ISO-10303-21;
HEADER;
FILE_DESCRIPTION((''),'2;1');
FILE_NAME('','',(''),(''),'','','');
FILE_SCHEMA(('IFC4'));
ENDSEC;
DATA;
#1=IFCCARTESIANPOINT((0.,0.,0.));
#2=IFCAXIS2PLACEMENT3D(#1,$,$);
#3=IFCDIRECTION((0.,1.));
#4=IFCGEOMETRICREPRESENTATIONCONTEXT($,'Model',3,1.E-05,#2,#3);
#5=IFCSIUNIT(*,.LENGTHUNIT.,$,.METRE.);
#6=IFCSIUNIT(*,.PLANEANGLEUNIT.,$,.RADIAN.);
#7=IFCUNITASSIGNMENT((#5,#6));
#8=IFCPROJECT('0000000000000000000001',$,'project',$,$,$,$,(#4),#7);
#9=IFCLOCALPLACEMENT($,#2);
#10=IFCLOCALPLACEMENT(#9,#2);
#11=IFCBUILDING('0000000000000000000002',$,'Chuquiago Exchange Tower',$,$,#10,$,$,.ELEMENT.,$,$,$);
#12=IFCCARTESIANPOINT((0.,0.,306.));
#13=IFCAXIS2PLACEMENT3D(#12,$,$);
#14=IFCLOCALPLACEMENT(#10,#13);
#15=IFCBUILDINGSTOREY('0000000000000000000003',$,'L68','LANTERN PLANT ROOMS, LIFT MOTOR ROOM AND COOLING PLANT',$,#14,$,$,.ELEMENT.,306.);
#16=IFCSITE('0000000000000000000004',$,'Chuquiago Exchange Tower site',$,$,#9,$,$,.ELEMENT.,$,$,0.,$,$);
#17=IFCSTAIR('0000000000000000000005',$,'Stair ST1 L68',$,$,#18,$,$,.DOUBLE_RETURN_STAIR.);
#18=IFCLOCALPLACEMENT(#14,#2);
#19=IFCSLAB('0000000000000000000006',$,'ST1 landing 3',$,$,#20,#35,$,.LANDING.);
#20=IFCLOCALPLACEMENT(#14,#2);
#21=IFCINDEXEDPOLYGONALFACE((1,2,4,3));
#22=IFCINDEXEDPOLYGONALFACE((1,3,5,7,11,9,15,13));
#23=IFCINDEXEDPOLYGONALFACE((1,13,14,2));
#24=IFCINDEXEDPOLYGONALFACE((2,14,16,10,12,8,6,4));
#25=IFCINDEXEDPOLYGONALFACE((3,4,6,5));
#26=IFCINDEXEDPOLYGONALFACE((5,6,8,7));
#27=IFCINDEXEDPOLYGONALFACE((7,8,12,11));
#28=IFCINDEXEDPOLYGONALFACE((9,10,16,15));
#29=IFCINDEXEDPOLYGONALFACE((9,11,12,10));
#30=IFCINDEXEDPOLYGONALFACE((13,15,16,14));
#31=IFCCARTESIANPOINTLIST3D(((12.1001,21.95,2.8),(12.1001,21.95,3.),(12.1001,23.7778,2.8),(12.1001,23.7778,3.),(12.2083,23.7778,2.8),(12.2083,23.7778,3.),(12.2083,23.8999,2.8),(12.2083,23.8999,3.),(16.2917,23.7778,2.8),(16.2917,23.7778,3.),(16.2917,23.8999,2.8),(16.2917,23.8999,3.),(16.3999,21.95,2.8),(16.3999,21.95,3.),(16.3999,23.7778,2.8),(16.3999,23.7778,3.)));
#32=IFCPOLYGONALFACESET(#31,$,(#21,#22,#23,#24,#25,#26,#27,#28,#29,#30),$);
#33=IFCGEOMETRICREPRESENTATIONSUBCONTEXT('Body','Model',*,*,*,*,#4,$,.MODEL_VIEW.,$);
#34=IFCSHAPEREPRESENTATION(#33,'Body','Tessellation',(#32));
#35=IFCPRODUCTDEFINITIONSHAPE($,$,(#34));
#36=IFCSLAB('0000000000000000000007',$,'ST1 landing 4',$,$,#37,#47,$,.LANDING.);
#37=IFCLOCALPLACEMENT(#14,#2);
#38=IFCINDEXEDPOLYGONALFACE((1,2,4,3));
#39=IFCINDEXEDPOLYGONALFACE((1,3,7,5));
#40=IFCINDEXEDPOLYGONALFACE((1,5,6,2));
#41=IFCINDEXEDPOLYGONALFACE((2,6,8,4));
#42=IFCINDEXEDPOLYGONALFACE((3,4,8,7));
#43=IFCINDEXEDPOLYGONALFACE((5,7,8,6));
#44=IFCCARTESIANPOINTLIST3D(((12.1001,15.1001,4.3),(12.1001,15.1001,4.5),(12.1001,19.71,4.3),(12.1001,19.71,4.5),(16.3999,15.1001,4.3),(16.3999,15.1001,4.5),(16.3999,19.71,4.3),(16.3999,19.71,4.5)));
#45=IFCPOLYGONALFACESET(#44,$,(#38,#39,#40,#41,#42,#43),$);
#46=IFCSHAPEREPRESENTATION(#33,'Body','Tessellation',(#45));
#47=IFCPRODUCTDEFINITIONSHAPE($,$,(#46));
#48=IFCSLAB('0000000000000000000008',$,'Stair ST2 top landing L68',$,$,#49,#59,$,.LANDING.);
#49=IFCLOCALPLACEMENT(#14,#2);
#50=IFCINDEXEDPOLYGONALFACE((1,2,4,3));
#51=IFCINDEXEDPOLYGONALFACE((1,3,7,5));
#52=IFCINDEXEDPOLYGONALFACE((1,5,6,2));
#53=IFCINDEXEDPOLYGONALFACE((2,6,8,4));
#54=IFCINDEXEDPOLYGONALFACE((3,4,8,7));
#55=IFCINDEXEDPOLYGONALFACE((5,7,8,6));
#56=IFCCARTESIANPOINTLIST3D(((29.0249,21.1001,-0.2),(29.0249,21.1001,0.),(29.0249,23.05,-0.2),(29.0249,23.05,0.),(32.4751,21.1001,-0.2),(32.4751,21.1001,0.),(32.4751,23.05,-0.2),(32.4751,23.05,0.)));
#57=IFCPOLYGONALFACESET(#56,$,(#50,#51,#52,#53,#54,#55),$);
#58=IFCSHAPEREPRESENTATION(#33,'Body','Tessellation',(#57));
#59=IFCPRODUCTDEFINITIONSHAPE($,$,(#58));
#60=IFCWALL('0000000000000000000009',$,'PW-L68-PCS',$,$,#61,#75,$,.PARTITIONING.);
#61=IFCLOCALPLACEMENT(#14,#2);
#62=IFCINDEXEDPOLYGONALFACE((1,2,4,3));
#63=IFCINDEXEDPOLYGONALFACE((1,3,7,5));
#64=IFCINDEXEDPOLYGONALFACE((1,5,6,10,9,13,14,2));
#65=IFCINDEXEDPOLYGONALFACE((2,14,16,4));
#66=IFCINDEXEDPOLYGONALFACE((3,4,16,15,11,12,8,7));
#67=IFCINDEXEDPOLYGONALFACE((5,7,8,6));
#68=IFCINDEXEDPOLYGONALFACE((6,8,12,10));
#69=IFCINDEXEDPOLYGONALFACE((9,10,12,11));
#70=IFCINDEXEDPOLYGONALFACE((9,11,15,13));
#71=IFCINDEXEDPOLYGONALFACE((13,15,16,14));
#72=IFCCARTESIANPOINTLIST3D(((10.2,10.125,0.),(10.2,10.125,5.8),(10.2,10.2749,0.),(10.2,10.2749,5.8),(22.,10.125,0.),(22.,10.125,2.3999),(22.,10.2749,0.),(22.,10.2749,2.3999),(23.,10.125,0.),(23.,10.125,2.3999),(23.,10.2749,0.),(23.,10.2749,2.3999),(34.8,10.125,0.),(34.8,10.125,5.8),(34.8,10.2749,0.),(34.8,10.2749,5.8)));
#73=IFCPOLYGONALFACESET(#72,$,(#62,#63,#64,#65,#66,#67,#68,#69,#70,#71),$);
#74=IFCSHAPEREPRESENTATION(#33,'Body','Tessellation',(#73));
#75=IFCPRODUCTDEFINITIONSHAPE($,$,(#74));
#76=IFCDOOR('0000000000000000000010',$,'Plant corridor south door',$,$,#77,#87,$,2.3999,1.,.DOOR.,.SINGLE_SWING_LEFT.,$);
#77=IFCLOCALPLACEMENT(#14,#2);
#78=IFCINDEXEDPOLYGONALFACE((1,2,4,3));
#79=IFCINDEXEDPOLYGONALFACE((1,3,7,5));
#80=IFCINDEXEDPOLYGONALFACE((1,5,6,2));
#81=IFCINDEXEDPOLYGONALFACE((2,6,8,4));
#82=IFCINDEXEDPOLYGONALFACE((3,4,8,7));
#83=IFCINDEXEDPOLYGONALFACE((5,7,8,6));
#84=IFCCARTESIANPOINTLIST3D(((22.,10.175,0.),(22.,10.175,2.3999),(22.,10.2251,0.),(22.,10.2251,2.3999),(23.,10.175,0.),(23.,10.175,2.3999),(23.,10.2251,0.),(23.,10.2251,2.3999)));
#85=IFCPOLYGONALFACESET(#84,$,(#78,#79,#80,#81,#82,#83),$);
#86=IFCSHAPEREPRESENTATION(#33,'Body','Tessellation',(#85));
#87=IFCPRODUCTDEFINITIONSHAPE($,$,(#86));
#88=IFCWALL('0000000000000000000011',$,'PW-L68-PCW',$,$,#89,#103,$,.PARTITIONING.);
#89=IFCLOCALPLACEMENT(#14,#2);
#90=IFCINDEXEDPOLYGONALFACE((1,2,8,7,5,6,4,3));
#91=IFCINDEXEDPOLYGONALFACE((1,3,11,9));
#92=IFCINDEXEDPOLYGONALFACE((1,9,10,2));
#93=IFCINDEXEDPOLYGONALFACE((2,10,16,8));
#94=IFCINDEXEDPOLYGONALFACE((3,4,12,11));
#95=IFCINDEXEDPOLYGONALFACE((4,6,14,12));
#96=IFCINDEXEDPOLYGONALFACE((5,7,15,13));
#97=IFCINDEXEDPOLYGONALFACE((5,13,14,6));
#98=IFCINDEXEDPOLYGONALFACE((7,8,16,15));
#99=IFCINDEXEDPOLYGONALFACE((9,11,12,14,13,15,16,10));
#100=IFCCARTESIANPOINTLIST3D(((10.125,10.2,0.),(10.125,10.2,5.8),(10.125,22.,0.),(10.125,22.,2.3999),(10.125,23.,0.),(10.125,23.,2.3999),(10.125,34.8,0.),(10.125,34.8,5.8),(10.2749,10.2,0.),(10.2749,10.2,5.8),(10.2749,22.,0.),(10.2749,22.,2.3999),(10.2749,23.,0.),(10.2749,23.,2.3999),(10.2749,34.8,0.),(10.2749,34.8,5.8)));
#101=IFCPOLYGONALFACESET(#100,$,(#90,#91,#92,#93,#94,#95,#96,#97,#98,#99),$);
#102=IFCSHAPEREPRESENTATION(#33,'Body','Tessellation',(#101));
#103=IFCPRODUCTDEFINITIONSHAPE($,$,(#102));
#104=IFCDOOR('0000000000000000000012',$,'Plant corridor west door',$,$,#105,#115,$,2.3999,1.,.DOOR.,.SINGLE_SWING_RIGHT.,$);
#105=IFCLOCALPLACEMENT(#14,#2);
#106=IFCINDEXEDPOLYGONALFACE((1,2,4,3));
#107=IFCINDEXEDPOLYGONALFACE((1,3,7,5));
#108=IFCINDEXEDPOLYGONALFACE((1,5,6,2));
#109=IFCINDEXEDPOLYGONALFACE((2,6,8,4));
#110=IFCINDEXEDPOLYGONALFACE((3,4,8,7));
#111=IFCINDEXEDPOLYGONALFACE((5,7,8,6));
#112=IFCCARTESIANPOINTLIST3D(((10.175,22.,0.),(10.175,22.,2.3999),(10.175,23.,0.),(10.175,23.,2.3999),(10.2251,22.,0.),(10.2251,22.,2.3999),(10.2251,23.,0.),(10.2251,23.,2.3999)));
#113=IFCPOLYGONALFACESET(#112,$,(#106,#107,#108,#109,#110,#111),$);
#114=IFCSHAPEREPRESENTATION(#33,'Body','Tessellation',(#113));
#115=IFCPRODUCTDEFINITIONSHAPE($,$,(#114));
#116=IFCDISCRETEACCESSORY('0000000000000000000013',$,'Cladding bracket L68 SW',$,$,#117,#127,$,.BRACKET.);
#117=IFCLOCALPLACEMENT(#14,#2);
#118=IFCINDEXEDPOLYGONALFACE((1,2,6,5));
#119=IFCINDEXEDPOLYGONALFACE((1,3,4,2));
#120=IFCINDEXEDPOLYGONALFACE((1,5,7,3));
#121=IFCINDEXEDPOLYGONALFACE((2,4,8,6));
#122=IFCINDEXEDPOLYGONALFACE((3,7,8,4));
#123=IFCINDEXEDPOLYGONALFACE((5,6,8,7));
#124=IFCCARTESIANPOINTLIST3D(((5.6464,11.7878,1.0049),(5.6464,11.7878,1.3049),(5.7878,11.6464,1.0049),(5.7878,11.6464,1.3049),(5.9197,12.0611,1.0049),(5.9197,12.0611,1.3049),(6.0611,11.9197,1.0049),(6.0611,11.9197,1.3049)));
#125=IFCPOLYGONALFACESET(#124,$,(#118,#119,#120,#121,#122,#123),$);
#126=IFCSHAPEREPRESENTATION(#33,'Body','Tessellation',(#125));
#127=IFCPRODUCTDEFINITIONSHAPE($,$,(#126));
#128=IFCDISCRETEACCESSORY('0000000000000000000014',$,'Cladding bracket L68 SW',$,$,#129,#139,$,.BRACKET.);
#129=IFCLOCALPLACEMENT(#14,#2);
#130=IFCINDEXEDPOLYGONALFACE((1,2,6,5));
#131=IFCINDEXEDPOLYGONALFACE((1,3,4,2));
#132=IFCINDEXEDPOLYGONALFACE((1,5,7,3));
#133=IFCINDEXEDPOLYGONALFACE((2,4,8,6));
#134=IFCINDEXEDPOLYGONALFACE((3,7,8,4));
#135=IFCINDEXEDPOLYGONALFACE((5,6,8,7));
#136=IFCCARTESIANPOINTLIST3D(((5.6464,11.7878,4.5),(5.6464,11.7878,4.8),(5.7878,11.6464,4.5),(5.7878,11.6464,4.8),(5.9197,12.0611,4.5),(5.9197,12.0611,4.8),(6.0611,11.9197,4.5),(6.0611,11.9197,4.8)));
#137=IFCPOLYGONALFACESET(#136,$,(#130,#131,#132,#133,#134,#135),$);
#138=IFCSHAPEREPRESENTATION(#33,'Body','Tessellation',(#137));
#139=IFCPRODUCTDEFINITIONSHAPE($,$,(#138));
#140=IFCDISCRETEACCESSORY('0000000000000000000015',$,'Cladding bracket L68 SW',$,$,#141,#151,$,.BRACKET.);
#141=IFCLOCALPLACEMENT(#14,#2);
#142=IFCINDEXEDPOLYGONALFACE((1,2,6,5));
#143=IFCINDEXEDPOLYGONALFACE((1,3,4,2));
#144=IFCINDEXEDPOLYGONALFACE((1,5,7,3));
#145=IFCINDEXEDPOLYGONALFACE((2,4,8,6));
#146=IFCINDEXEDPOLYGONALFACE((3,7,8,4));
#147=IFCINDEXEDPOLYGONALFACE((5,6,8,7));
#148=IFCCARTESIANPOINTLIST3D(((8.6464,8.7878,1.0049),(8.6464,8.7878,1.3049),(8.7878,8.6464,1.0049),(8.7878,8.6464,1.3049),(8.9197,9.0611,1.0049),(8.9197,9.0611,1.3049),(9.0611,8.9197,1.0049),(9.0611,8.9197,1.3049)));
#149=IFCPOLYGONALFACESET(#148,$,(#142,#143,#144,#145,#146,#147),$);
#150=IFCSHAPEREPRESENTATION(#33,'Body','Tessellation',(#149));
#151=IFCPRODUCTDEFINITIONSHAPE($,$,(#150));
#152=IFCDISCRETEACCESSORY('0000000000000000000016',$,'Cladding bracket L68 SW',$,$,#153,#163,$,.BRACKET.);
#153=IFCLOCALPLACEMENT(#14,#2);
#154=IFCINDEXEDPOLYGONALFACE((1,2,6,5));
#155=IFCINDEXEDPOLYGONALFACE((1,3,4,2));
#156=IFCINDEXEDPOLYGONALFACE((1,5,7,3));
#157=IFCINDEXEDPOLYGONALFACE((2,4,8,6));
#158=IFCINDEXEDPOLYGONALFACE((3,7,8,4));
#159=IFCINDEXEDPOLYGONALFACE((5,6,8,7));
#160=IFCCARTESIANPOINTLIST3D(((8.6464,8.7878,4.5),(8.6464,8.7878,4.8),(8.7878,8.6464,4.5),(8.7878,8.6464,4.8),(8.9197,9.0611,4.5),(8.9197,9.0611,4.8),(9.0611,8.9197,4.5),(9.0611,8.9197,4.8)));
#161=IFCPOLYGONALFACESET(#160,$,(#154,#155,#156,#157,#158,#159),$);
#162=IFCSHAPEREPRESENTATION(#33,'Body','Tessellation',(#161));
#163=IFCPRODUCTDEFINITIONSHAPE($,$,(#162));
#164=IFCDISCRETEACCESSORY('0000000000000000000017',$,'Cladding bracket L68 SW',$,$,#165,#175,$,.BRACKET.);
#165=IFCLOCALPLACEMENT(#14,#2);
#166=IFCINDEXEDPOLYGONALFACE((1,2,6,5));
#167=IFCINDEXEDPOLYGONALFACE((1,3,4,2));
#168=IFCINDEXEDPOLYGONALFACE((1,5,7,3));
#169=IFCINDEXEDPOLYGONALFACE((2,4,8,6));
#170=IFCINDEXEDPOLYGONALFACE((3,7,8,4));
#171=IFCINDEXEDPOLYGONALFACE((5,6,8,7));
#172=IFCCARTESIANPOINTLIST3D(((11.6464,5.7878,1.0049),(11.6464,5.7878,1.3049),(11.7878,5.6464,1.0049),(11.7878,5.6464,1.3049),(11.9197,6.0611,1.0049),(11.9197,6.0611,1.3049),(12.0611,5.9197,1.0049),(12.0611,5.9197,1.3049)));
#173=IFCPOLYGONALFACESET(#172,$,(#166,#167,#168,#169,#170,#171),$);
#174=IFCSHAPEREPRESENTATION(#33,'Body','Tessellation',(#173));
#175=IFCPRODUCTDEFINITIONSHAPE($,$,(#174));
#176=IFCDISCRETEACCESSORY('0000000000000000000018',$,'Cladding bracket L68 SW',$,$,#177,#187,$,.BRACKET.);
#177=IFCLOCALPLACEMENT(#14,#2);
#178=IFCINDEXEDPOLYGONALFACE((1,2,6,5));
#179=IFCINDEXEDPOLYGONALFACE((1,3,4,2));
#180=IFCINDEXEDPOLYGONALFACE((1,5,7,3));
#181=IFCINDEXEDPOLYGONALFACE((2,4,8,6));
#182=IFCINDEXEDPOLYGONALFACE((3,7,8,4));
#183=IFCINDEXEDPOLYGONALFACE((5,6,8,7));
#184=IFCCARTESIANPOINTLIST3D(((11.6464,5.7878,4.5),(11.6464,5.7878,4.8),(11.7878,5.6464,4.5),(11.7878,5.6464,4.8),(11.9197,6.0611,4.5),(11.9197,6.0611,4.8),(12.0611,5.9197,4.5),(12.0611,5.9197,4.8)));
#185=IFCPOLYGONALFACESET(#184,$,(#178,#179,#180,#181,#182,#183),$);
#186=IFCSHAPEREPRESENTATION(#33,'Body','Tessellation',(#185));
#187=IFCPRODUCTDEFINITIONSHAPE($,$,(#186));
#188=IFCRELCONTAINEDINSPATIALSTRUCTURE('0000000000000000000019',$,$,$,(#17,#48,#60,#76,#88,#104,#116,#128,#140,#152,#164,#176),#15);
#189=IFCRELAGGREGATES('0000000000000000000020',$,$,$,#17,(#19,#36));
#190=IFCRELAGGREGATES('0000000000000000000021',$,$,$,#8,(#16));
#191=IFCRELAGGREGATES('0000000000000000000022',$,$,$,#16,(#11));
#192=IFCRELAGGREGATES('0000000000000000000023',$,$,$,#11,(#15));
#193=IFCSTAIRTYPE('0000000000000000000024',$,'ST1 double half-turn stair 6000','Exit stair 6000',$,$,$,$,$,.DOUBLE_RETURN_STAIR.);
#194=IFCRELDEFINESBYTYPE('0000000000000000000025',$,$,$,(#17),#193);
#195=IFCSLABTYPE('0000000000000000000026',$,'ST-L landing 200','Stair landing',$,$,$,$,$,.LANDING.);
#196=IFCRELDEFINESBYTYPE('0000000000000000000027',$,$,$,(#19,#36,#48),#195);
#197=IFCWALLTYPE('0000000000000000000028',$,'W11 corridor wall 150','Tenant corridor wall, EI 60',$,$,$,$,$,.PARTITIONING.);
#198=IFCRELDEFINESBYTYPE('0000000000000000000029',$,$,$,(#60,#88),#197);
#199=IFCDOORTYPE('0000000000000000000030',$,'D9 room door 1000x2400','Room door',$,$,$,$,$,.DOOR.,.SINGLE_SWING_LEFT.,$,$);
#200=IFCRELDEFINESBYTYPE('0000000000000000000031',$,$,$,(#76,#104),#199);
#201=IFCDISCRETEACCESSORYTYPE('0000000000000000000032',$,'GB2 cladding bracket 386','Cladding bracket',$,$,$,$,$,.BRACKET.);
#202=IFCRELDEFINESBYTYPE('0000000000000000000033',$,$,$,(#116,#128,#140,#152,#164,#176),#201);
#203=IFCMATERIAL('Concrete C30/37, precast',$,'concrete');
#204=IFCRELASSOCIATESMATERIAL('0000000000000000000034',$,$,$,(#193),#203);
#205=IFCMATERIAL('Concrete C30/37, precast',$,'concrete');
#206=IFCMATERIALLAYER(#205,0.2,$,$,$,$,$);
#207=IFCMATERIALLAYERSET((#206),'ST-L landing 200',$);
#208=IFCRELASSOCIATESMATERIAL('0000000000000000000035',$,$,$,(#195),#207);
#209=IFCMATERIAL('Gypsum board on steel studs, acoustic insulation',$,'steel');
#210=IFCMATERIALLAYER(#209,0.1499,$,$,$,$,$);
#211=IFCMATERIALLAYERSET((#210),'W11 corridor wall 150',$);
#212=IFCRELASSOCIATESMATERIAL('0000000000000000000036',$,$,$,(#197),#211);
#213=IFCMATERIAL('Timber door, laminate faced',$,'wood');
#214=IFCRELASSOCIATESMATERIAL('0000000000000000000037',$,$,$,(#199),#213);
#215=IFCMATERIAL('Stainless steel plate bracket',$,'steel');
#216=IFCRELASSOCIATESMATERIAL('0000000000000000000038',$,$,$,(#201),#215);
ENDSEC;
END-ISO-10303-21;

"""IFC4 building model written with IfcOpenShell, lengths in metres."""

from ifc_helpers import new_model, si_unit, direction, frame, frame_2d, origin, origin_2d, place, context, subcontext, project, spatial, polyline, rectangle, outline, extrude, material, layer, layer_set, type_object, element, fill, aggregate, save


model = new_model("IFC4")

# Units and contexts
model_context = context("Model", 3, precision=1e-05, world=origin(), true_north=direction((0.0, 1.0)))
body_context = subcontext(model_context, "Body", "Model", "MODEL_VIEW")
ifc_project = project(units=[si_unit("LENGTHUNIT", "METRE"), si_unit("PLANEANGLEUNIT", "RADIAN")], contexts=[model_context])

# Site, building, storey
site_placement = place(None, origin())
site = spatial("IfcSite", under=ifc_project, at=site_placement, Name="Chuquiago Exchange Tower site", CompositionType="ELEMENT", RefElevation=0.0)
building_placement = place(site_placement, origin())
building = spatial("IfcBuilding", under=site, at=building_placement, Name="Chuquiago Exchange Tower", CompositionType="ELEMENT")
storey_placement = place(building_placement, frame((0.0, 0.0, 306.0)))
storey = spatial("IfcBuildingStorey", under=building, at=storey_placement, Name="L68", Description="LANTERN PLANT ROOMS, LIFT MOTOR ROOM AND COOLING PLANT", CompositionType="ELEMENT", Elevation=306.0)

# Stair, slabs
ifc_material_1 = material(Name="Concrete C30/37, precast", Category="concrete")
stair_type = type_object("IfcStairType", Name="ST1 double half-turn stair 6000", Description="Exit stair 6000", PredefinedType="DOUBLE_RETURN_STAIR", material=ifc_material_1)
stair_placement = place(storey_placement, origin())
stair = element("IfcStair", 1, at=stair_placement, inside=storey, type_object=stair_type, Name="Stair ST1 L68", PredefinedType="DOUBLE_RETURN_STAIR")
ifc_material_2 = material(Name="Concrete C30/37, precast", Category="concrete")
ifc_layer_1 = layer(ifc_material_2, 0.2)
ifc_layer_set_1 = layer_set([ifc_layer_1], Name="ST-L landing 200")
slab_type_1 = type_object("IfcSlabType", Name="ST-L landing 200", Description="Stair landing", PredefinedType="LANDING", material=ifc_layer_set_1)
slab_1_placement = place(storey_placement, frame((0.0, 0.0, 2.8)))
slab_1 = element("IfcSlab", 2, at=slab_1_placement, type_object=slab_type_1, Name="ST1 landing 3", PredefinedType="LANDING", context=body_context, shape_type="SweptSolid", body=[
    extrude(outline(polyline([(12.2083, 23.8999), (16.2917, 23.8999), (16.2917, 23.7778), (16.3999, 23.7778), (16.3999, 21.95), (12.1001, 21.95), (12.1001, 23.7778), (12.2083, 23.7778), (12.2083, 23.8999)])), origin(), (0.0, 0.0, 1.0), 0.2),
])
slab_2_placement = place(storey_placement, frame((0.0, 0.0, 4.3)))
slab_2 = element("IfcSlab", 3, at=slab_2_placement, type_object=slab_type_1, Name="ST1 landing 4", PredefinedType="LANDING", context=body_context, shape_type="SweptSolid", body=[
    extrude(outline(polyline([(12.1001, 19.71), (16.3999, 19.71), (16.3999, 15.1001), (12.1001, 15.1001), (12.1001, 19.71)])), origin(), (0.0, 0.0, 1.0), 0.2),
])
aggregate(stair, [slab_1, slab_2])

# Slab
slab_3_placement = place(storey_placement, frame((0.0, 0.0, -0.2)))
element("IfcSlab", 4, at=slab_3_placement, inside=storey, type_object=slab_type_1, Name="Stair ST2 top landing L68", PredefinedType="LANDING", context=body_context, shape_type="SweptSolid", body=[
    extrude(outline(polyline([(29.0249, 21.1001), (32.4751, 21.1001), (32.4751, 23.05), (29.0249, 23.05), (29.0249, 21.1001)])), origin(), (0.0, 0.0, 1.0), 0.2),
])

# Walls, openings, doors
ifc_material_3 = material(Name="Gypsum board on steel studs, acoustic insulation", Category="steel")
ifc_layer_2 = layer(ifc_material_3, 0.1499)
ifc_layer_set_2 = layer_set([ifc_layer_2], Name="W11 corridor wall 150")
wall_type = type_object("IfcWallType", Name="W11 corridor wall 150", Description="Tenant corridor wall, EI 60", PredefinedType="PARTITIONING", material=ifc_layer_set_2)
wall_1_placement = place(storey_placement, frame((10.2, 10.2, 0.0), z_axis=(0.0, 0.0, 1.0), x_axis=(1.0, 0.0, 0.0)))
wall_1 = element("IfcWall", 5, at=wall_1_placement, inside=storey, type_object=wall_type, Name="PW-L68-PCS", PredefinedType="PARTITIONING", context=body_context, shape_type="SweptSolid", body=[
    extrude(rectangle(XDim=24.6001, YDim=0.1499, at=frame_2d((12.3, 0.0))), origin(), (0.0, 0.0, 1.0), 5.8),
])
opening_1_placement = place(wall_1_placement, frame((11.8, 0.0, 0.0)))
opening_1 = element("IfcOpeningElement", 6, at=opening_1_placement, cuts=wall_1, PredefinedType="OPENING", context=body_context, shape_type="SweptSolid", body=[
    extrude(rectangle(XDim=1.0, YDim=2.3999, at=frame_2d((0.5, 1.2))), frame((0.0, 0.085, 0.0), z_axis=(0.0, -1.0, 0.0), x_axis=(1.0, 0.0, 0.0)), (0.0, 0.0, 1.0), 0.1699),
])
ifc_material_4 = material(Name="Timber door, laminate faced", Category="wood")
door_type = type_object("IfcDoorType", Name="D9 room door 1000x2400", Description="Room door", OperationType="SINGLE_SWING_LEFT", PredefinedType="DOOR", material=ifc_material_4)
door_1_placement = place(opening_1_placement, frame((1.0, 0.0, 0.0), z_axis=(0.0, 0.0, 1.0), x_axis=(-1.0, 0.0, 0.0)))
door_1 = element("IfcDoor", 7, at=door_1_placement, inside=storey, type_object=door_type, Name="Plant corridor south door", OperationType="SINGLE_SWING_LEFT", OverallHeight=2.3999, OverallWidth=1.0, PredefinedType="DOOR", context=body_context, shape_type="SweptSolid", body=[
    extrude(rectangle(XDim=1.0, YDim=2.3999, at=frame_2d((0.5, 1.2))), frame((0.0, 0.0249, 0.0), z_axis=(0.0, -1.0, 0.0), x_axis=(1.0, 0.0, 0.0)), (0.0, 0.0, 1.0), 0.05),
])
fill(opening_1, door_1)
wall_2_placement = place(storey_placement, frame((10.2, 10.2, 0.0), z_axis=(0.0, 0.0, 1.0), x_axis=(0.0, 1.0, 0.0)))
wall_2 = element("IfcWall", 8, at=wall_2_placement, inside=storey, type_object=wall_type, Name="PW-L68-PCW", PredefinedType="PARTITIONING", context=body_context, shape_type="SweptSolid", body=[
    extrude(rectangle(XDim=24.6001, YDim=0.1499, at=frame_2d((12.3, 0.0))), origin(), (0.0, 0.0, 1.0), 5.8),
])
opening_2_placement = place(wall_2_placement, frame((11.8, 0.0, 0.0)))
opening_2 = element("IfcOpeningElement", 9, at=opening_2_placement, cuts=wall_2, PredefinedType="OPENING", context=body_context, shape_type="SweptSolid", body=[
    extrude(rectangle(XDim=1.0, YDim=2.3999, at=frame_2d((0.5, 1.2))), frame((0.0, 0.085, 0.0), z_axis=(0.0, -1.0, 0.0), x_axis=(1.0, 0.0, 0.0)), (0.0, 0.0, 1.0), 0.1699),
])
door_2_placement = place(opening_2_placement, origin())
door_2 = element("IfcDoor", 10, at=door_2_placement, inside=storey, type_object=door_type, Name="Plant corridor west door", OperationType="SINGLE_SWING_RIGHT", OverallHeight=2.3999, OverallWidth=1.0, PredefinedType="DOOR", context=body_context, shape_type="SweptSolid", body=[
    extrude(rectangle(XDim=1.0, YDim=2.3999, at=frame_2d((0.5, 1.2))), frame((0.0, 0.0249, 0.0), z_axis=(0.0, -1.0, 0.0), x_axis=(1.0, 0.0, 0.0)), (0.0, 0.0, 1.0), 0.05),
])
fill(opening_2, door_2)

# Discrete accessories
ifc_material_5 = material(Name="Stainless steel plate bracket", Category="steel")
discrete_accessory_type = type_object("IfcDiscreteAccessoryType", Name="GB2 cladding bracket 386", Description="Cladding bracket", PredefinedType="BRACKET", material=ifc_material_5)
for number, where, z_axis, x_axis, name in (
    (11, (5.8538, 11.8538, 1.0049), (0.0, 0.0, 1.0), (0.707107, -0.707107, 0.0), "Cladding bracket L68 SW"),
    (12, (5.8538, 11.8538, 4.5), (0.0, 0.0, 1.0), (0.707107, -0.707107, 0.0), "Cladding bracket L68 SW"),
    (13, (8.8538, 8.8538, 1.0049), (0.0, 0.0, 1.0), (0.707107, -0.707107, 0.0), "Cladding bracket L68 SW"),
    (14, (8.8538, 8.8538, 4.5), (0.0, 0.0, 1.0), (0.707107, -0.707107, 0.0), "Cladding bracket L68 SW"),
    (15, (11.8538, 5.8538, 1.0049), (0.0, 0.0, 1.0), (0.707107, -0.707107, 0.0), "Cladding bracket L68 SW"),
    (16, (11.8538, 5.8538, 4.5), (0.0, 0.0, 1.0), (0.707107, -0.707107, 0.0), "Cladding bracket L68 SW"),
):
    element("IfcDiscreteAccessory", number, at=place(storey_placement, frame(where, z_axis=z_axis, x_axis=x_axis)), inside=storey, type_object=discrete_accessory_type, Name=name, PredefinedType="BRACKET", context=body_context, shape_type="SweptSolid", body=[
        extrude(rectangle(XDim=0.2, YDim=0.3865, at=origin_2d()), origin(), (0.0, 0.0, 1.0), 0.3),
    ])

save(model, "model.ifc")
